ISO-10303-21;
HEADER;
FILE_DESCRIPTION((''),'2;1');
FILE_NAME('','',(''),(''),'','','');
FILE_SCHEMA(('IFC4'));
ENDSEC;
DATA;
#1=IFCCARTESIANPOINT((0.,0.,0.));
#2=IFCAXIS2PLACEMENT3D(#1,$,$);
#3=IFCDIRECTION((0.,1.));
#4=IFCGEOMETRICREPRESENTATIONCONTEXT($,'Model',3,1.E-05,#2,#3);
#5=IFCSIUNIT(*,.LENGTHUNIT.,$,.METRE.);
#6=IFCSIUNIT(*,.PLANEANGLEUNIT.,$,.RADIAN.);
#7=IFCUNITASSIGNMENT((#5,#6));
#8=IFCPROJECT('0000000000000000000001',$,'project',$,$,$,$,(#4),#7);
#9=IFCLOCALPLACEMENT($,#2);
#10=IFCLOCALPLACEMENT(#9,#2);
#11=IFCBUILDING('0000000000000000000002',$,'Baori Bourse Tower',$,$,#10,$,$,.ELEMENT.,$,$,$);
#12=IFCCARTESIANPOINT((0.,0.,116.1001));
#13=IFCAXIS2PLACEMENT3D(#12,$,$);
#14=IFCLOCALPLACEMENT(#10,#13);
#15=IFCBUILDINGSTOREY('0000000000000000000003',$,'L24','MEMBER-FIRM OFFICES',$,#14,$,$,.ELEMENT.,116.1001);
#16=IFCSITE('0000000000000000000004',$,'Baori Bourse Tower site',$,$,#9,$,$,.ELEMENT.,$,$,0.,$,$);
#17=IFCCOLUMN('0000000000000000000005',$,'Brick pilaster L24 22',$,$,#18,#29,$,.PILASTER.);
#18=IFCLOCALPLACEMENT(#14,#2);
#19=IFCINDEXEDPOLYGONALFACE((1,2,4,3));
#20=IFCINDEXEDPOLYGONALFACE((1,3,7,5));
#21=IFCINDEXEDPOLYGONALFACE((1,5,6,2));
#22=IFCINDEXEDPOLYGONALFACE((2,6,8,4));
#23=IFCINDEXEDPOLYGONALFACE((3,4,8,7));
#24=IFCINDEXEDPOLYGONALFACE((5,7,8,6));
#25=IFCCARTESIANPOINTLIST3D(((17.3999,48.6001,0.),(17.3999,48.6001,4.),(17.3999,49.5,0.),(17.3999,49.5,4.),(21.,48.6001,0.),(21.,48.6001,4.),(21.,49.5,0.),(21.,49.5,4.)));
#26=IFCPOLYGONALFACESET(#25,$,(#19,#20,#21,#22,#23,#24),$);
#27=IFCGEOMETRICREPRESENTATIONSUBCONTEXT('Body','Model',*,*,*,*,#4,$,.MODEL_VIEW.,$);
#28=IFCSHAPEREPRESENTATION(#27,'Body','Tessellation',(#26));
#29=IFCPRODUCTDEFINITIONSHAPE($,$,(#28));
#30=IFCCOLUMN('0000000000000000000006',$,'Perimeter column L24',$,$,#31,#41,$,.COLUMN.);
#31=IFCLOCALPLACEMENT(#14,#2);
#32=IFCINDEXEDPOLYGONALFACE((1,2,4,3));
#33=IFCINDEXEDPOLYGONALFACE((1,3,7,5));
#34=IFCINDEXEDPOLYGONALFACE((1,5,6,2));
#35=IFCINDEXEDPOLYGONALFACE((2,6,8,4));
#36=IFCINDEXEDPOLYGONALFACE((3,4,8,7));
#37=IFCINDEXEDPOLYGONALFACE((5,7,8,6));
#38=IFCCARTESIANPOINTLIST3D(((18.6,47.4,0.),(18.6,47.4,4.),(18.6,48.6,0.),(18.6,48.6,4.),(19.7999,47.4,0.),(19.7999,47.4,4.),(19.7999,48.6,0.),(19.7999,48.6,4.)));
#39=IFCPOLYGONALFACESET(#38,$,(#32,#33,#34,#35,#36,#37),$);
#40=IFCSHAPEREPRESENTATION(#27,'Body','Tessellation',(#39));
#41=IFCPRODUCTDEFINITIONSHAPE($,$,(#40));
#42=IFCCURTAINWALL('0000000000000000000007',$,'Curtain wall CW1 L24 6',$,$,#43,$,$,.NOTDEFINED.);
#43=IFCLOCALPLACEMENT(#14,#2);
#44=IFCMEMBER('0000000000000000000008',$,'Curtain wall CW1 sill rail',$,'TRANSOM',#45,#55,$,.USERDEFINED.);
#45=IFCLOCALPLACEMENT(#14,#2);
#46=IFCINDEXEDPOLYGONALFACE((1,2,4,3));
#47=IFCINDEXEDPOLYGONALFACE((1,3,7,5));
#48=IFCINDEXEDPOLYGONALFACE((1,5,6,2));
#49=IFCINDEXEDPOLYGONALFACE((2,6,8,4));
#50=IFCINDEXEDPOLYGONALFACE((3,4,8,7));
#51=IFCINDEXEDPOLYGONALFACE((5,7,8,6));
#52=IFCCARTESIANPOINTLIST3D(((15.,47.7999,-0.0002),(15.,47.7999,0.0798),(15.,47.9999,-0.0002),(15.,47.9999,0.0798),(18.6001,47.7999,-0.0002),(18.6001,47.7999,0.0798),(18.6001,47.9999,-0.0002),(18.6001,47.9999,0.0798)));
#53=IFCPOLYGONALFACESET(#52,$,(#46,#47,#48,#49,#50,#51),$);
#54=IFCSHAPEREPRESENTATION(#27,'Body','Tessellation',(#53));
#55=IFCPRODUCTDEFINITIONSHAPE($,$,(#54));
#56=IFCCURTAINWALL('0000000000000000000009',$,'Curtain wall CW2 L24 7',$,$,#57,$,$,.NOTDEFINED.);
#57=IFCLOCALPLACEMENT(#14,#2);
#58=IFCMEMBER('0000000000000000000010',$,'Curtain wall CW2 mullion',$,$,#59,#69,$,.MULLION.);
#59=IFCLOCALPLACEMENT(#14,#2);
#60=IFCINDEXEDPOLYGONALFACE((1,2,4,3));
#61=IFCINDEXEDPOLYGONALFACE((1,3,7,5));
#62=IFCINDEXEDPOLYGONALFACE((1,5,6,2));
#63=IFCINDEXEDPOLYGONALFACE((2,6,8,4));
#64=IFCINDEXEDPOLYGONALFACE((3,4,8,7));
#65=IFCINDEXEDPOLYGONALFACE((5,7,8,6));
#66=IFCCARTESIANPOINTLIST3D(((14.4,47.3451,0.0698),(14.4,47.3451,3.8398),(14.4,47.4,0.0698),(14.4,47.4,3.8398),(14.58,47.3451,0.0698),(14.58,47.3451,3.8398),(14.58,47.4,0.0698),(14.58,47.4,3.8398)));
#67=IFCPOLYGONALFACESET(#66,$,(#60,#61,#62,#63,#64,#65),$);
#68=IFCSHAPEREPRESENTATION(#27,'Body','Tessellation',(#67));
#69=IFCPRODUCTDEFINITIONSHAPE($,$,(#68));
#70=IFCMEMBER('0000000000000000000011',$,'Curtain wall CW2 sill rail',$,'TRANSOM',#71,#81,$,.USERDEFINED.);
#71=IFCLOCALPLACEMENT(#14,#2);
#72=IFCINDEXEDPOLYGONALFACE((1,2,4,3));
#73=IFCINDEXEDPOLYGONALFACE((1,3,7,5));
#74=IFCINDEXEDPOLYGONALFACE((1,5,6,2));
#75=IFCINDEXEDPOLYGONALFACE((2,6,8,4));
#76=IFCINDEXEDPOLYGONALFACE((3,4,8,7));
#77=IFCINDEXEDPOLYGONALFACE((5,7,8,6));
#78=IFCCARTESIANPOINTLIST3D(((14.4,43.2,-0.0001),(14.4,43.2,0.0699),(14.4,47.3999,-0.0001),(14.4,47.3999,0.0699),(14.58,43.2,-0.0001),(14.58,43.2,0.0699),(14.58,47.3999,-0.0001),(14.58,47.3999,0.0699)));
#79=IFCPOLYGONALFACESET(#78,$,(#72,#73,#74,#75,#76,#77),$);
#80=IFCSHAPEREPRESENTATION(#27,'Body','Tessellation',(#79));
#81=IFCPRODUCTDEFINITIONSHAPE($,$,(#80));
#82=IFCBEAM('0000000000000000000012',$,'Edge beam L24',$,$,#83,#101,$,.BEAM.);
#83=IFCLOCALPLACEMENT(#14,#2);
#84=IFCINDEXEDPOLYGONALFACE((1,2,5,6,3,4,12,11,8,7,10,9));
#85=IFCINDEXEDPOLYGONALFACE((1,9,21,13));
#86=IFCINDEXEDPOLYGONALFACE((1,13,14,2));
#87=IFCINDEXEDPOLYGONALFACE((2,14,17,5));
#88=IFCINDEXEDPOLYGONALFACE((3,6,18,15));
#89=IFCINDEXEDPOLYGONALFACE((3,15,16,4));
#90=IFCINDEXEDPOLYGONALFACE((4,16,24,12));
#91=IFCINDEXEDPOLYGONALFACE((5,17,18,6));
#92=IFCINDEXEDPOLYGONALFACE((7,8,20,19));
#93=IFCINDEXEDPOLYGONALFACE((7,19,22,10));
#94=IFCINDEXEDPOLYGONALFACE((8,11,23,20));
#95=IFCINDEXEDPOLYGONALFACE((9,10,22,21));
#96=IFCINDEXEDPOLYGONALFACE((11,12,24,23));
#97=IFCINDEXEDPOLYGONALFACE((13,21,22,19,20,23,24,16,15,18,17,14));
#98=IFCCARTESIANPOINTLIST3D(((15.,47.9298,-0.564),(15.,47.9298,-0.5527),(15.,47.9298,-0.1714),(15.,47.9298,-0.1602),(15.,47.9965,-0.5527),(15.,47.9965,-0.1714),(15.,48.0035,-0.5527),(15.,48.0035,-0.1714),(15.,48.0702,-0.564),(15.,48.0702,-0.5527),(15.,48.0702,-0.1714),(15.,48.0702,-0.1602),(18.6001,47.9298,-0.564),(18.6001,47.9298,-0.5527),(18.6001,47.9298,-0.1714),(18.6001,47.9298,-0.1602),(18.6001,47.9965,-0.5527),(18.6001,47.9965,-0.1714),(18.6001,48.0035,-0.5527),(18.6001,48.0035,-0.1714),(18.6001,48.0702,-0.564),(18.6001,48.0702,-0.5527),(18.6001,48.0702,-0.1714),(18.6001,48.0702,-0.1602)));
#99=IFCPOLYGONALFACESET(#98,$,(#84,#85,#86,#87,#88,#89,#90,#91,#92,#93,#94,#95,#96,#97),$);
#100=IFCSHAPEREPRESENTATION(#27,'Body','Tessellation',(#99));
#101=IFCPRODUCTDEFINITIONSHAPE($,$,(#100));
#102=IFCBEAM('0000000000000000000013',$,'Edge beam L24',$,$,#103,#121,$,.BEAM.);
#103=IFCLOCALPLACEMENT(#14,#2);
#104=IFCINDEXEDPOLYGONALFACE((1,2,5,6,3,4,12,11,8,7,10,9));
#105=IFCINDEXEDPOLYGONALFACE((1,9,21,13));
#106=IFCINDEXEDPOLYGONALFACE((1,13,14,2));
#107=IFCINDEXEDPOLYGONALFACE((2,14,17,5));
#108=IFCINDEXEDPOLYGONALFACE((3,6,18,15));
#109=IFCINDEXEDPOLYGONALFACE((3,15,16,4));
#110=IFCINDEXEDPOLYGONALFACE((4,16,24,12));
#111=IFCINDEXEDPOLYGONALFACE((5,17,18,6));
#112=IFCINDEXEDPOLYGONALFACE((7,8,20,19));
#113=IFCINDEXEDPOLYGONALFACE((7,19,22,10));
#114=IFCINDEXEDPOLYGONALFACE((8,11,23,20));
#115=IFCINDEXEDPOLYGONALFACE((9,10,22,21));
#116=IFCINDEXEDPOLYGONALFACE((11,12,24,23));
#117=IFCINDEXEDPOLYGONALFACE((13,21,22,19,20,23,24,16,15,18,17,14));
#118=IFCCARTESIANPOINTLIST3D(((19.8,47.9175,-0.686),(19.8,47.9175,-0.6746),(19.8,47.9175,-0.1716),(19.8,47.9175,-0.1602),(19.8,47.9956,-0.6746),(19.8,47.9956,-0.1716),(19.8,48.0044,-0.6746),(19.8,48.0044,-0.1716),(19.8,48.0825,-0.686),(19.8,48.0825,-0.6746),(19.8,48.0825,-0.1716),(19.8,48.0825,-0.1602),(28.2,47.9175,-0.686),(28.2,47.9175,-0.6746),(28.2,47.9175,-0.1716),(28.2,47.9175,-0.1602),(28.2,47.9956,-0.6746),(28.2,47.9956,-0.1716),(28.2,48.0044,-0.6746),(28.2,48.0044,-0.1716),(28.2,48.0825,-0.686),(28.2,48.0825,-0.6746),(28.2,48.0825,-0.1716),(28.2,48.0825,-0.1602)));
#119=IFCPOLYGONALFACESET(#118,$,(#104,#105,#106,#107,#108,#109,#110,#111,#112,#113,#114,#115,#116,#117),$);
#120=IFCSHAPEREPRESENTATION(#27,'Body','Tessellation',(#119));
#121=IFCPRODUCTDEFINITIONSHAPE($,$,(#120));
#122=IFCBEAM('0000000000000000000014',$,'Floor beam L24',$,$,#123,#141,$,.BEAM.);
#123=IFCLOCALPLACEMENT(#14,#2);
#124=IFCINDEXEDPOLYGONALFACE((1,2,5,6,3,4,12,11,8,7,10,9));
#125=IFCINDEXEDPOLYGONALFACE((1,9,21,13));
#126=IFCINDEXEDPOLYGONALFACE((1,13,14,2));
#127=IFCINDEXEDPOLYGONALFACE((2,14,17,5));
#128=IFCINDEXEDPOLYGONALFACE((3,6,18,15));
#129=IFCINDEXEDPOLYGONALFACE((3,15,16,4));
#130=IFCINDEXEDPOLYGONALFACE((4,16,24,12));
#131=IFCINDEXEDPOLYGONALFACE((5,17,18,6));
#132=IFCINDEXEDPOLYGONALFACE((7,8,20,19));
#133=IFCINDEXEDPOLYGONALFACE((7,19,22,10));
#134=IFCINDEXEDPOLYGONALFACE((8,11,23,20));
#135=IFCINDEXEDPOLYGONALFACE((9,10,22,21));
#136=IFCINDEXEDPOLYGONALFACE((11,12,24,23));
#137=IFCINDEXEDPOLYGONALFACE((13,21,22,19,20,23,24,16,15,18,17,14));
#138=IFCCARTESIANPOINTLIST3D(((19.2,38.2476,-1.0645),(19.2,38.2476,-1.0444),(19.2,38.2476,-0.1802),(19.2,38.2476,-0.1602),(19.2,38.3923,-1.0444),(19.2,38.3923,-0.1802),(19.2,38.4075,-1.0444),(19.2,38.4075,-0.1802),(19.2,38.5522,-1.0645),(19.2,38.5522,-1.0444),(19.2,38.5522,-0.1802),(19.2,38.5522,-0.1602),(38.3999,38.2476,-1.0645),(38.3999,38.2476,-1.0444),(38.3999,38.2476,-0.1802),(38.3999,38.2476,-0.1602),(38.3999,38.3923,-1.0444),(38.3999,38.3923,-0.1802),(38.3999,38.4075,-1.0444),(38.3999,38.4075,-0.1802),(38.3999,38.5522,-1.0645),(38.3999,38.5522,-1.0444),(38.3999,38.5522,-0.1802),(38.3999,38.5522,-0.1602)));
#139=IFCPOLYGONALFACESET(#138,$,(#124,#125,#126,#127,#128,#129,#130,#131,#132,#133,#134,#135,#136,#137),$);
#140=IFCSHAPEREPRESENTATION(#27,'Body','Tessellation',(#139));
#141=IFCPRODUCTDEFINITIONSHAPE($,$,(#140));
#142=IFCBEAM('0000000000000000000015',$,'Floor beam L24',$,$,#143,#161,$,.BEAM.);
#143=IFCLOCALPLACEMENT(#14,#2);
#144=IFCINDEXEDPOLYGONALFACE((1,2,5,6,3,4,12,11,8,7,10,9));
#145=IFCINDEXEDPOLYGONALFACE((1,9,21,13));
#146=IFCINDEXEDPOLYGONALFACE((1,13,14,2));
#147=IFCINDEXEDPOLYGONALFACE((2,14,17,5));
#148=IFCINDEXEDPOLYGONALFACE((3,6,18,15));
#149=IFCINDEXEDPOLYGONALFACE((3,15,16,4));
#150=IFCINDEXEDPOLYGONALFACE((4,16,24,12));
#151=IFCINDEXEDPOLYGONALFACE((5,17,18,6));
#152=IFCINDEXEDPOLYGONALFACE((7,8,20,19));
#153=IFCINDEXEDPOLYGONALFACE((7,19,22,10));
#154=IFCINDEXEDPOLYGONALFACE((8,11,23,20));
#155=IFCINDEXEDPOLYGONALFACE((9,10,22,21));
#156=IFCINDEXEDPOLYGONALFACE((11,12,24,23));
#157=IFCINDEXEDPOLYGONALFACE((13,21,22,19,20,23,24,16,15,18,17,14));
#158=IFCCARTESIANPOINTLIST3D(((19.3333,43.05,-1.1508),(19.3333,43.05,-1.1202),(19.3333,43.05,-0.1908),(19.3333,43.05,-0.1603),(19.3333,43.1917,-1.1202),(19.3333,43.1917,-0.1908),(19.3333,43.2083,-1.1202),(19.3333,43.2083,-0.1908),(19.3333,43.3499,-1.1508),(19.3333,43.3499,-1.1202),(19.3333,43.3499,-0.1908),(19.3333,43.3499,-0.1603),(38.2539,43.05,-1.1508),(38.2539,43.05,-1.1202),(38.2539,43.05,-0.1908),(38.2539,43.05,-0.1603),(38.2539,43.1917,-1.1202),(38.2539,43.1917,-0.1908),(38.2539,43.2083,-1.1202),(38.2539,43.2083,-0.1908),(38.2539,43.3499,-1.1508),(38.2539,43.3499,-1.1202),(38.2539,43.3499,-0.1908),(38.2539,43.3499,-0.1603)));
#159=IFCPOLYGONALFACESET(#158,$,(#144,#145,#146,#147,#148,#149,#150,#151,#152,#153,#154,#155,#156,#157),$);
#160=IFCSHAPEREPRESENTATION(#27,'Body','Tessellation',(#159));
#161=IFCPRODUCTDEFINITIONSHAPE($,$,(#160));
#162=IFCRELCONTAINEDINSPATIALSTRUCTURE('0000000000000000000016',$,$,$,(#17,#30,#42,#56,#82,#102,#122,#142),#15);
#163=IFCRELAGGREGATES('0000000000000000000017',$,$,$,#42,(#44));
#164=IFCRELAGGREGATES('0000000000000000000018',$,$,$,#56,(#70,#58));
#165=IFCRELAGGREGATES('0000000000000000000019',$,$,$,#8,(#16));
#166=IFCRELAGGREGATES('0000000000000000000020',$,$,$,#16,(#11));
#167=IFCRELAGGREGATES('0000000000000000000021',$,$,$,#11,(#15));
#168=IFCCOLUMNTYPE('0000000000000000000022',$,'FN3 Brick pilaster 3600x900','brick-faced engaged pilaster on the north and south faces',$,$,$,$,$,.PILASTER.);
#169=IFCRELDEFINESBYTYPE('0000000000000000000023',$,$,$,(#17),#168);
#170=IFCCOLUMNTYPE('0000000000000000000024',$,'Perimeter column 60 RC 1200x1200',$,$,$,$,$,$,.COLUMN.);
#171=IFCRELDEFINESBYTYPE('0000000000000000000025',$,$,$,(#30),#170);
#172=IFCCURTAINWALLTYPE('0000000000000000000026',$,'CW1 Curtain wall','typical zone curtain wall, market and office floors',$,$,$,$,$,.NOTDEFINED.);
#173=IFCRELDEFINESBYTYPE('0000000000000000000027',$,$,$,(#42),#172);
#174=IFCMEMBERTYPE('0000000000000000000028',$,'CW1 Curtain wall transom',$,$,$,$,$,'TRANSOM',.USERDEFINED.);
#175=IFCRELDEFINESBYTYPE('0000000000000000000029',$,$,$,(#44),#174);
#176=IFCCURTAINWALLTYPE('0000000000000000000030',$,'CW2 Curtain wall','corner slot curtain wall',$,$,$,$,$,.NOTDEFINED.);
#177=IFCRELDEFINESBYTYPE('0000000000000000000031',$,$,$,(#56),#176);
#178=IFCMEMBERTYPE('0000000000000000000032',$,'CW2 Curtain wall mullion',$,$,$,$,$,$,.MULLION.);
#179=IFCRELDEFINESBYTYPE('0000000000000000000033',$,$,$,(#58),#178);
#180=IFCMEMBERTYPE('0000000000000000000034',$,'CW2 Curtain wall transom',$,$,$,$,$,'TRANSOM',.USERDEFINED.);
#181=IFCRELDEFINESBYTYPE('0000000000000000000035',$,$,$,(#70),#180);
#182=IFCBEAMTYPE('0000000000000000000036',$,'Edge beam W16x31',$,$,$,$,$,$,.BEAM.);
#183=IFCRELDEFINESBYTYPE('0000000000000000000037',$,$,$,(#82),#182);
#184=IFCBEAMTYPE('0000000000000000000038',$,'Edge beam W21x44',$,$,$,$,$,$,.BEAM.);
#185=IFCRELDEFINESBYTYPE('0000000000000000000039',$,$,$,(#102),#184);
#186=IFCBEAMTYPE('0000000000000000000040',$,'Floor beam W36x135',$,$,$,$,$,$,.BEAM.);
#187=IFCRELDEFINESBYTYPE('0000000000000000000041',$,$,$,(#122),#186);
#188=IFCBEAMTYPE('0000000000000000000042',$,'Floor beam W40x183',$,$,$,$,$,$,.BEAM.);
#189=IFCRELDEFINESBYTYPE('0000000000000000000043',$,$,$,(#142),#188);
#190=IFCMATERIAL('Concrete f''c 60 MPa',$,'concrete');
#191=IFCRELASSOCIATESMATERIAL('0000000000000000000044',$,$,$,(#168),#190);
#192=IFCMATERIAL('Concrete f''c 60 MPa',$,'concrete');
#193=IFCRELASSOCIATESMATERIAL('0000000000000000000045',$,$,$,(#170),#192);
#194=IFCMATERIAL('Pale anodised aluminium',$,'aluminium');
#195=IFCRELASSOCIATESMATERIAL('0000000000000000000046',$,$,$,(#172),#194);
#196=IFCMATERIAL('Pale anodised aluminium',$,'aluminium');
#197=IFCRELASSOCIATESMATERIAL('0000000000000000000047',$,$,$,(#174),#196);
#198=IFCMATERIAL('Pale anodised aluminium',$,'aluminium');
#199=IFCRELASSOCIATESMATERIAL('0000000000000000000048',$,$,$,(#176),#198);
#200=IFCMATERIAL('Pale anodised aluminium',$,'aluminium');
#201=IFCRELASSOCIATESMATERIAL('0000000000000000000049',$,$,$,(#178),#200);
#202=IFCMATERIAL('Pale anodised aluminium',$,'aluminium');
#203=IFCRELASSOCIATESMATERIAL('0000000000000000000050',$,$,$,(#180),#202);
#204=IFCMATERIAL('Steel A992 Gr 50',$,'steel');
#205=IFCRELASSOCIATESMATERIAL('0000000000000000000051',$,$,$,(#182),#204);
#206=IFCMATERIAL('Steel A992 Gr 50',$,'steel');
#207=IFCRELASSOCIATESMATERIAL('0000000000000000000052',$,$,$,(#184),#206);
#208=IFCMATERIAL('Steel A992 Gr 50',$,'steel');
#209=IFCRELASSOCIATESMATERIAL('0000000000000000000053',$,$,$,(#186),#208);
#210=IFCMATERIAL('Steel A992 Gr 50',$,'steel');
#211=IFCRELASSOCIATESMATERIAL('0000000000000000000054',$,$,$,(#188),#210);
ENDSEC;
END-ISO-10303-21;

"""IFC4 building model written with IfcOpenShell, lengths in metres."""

from ifc_helpers import new_model, si_unit, direction, frame, origin, origin_2d, place, context, subcontext, project, spatial, rectangle, i_section, extrude, material, material_profile, profile_set, type_object, element, aggregate, save


model = new_model("IFC4")

# Units and contexts
model_context = context("Model", 3, precision=1e-05, world=origin(), true_north=direction((0.0, 1.0)))
body_context = subcontext(model_context, "Body", "Model", "MODEL_VIEW")
ifc_project = project(units=[si_unit("LENGTHUNIT", "METRE"), si_unit("PLANEANGLEUNIT", "RADIAN")], contexts=[model_context])

# Site, building, storey
site_placement = place(None, origin())
site = spatial("IfcSite", under=ifc_project, at=site_placement, Name="Baori Bourse Tower site", CompositionType="ELEMENT", RefElevation=0.0)
building_placement = place(site_placement, origin())
building = spatial("IfcBuilding", under=site, at=building_placement, Name="Baori Bourse Tower", CompositionType="ELEMENT")
storey_placement = place(building_placement, frame((0.0, 0.0, 116.1001)))
storey = spatial("IfcBuildingStorey", under=building, at=storey_placement, Name="L24", Description="MEMBER-FIRM OFFICES", CompositionType="ELEMENT", Elevation=116.1001)

# Columns
ifc_material_1 = material(Name="Concrete f'c 60 MPa", Category="concrete")
ifc_material_profile_1 = material_profile(ifc_material_1, rectangle(XDim=3.6001, YDim=0.8999, at=origin_2d()), Name="RC 3600x900")
ifc_profile_set_1 = profile_set([ifc_material_profile_1], Name="Concrete f'c 60 MPa")
column_type_1 = type_object("IfcColumnType", Name="FN3 Brick pilaster 3600x900", Description="brick-faced engaged pilaster on the north and south faces", PredefinedType="PILASTER", material=ifc_profile_set_1)
column_1_placement = place(storey_placement, frame((19.2, 49.05, 0.0), z_axis=(0.0, 0.0, 1.0), x_axis=(1.0, 0.0, 0.0)))
element("IfcColumn", 1, at=column_1_placement, inside=storey, type_object=column_type_1, Name="Brick pilaster L24 22", PredefinedType="PILASTER", context=body_context, shape_type="SweptSolid", body=[
    extrude(rectangle(XDim=3.6001, YDim=0.8999, at=origin_2d()), origin(), (0.0, 0.0, 1.0), 4.0),
])
ifc_material_2 = material(Name="Concrete f'c 60 MPa", Category="concrete")
ifc_material_profile_2 = material_profile(ifc_material_2, rectangle(XDim=1.2, YDim=1.2, at=origin_2d()), Name="RC 1200x1200")
ifc_profile_set_2 = profile_set([ifc_material_profile_2], Name="Concrete f'c 60 MPa")
column_type_2 = type_object("IfcColumnType", Name="Perimeter column 60 RC 1200x1200", PredefinedType="COLUMN", material=ifc_profile_set_2)
column_2_placement = place(storey_placement, frame((19.2, 48.0, 0.0), z_axis=(0.0, 0.0, 1.0), x_axis=(1.0, 0.0, 0.0)))
element("IfcColumn", 2, at=column_2_placement, inside=storey, type_object=column_type_2, Name="Perimeter column L24", PredefinedType="COLUMN", context=body_context, shape_type="SweptSolid", body=[
    extrude(rectangle(XDim=1.2, YDim=1.2, at=origin_2d()), origin(), (0.0, 0.0, 1.0), 4.0),
])

# Curtain wall, member
ifc_material_3 = material(Name="Pale anodised aluminium", Category="aluminium")
curtain_wall_type_1 = type_object("IfcCurtainWallType", Name="CW1 Curtain wall", Description="typical zone curtain wall, market and office floors", PredefinedType="NOTDEFINED", material=ifc_material_3)
curtain_wall_1_placement = place(storey_placement, origin())
curtain_wall_1 = element("IfcCurtainWall", 3, at=curtain_wall_1_placement, inside=storey, type_object=curtain_wall_type_1, Name="Curtain wall CW1 L24 6", PredefinedType="NOTDEFINED")
ifc_material_4 = material(Name="Pale anodised aluminium", Category="aluminium")
ifc_material_profile_3 = material_profile(ifc_material_4, rectangle(XDim=0.2, YDim=0.0801, at=origin_2d()), Name="Transom 80x200")
ifc_profile_set_3 = profile_set([ifc_material_profile_3], Name="Pale anodised aluminium")
member_type_1 = type_object("IfcMemberType", Name="CW1 Curtain wall transom", ElementType="TRANSOM", PredefinedType="USERDEFINED", material=ifc_profile_set_3)
member_1_placement = place(storey_placement, frame((18.6001, 47.8999, 0.0398), z_axis=(-1.0, 0.0, 0.0), x_axis=(0.0, -1.0, 0.0)))
member_1 = element("IfcMember", 4, at=member_1_placement, type_object=member_type_1, Name="Curtain wall CW1 sill rail", ObjectType="TRANSOM", PredefinedType="USERDEFINED", context=body_context, shape_type="SweptSolid", body=[
    extrude(rectangle(XDim=0.2, YDim=0.0801, at=origin_2d()), origin(), (0.0, 0.0, 1.0), 3.6001),
])

# Curtain wall, members
ifc_material_5 = material(Name="Pale anodised aluminium", Category="aluminium")
curtain_wall_type_2 = type_object("IfcCurtainWallType", Name="CW2 Curtain wall", Description="corner slot curtain wall", PredefinedType="NOTDEFINED", material=ifc_material_5)
curtain_wall_2_placement = place(storey_placement, origin())
curtain_wall_2 = element("IfcCurtainWall", 5, at=curtain_wall_2_placement, inside=storey, type_object=curtain_wall_type_2, Name="Curtain wall CW2 L24 7", PredefinedType="NOTDEFINED")
ifc_material_6 = material(Name="Pale anodised aluminium", Category="aluminium")
ifc_material_profile_4 = material_profile(ifc_material_6, rectangle(XDim=0.1799, YDim=0.0549, at=origin_2d()), Name="Mullion 55x180")
ifc_profile_set_4 = profile_set([ifc_material_profile_4], Name="Pale anodised aluminium")
member_type_2 = type_object("IfcMemberType", Name="CW2 Curtain wall mullion", PredefinedType="MULLION", material=ifc_profile_set_4)
member_2_placement = place(storey_placement, frame((14.49, 47.3726, 0.0698), z_axis=(0.0, 0.0, 1.0), x_axis=(1.0, 0.0, 0.0)))
member_2 = element("IfcMember", 6, at=member_2_placement, type_object=member_type_2, Name="Curtain wall CW2 mullion", PredefinedType="MULLION", context=body_context, shape_type="SweptSolid", body=[
    extrude(rectangle(XDim=0.1799, YDim=0.0549, at=origin_2d()), origin(), (0.0, 0.0, 1.0), 3.77),
])
ifc_material_7 = material(Name="Pale anodised aluminium", Category="aluminium")
ifc_material_profile_5 = material_profile(ifc_material_7, rectangle(XDim=0.1799, YDim=0.0701, at=origin_2d()), Name="Transom 70x180")
ifc_profile_set_5 = profile_set([ifc_material_profile_5], Name="Pale anodised aluminium")
member_type_3 = type_object("IfcMemberType", Name="CW2 Curtain wall transom", ElementType="TRANSOM", PredefinedType="USERDEFINED", material=ifc_profile_set_5)
member_3_placement = place(storey_placement, frame((14.49, 47.3999, 0.0349), z_axis=(0.0, -1.0, 0.0), x_axis=(1.0, 0.0, 0.0)))
member_3 = element("IfcMember", 7, at=member_3_placement, type_object=member_type_3, Name="Curtain wall CW2 sill rail", ObjectType="TRANSOM", PredefinedType="USERDEFINED", context=body_context, shape_type="SweptSolid", body=[
    extrude(rectangle(XDim=0.1799, YDim=0.0701, at=origin_2d()), origin(), (0.0, 0.0, 1.0), 4.2),
])

# Beams
ifc_material_8 = material(Name="Steel A992 Gr 50", Category="steel")
ifc_material_profile_6 = material_profile(ifc_material_8, i_section(OverallWidth=0.1404, OverallDepth=0.4038, WebThickness=0.0071, FlangeThickness=0.0112, at=origin_2d()), Name="W16x31")
ifc_profile_set_6 = profile_set([ifc_material_profile_6], Name="Steel A992 Gr 50")
beam_type_1 = type_object("IfcBeamType", Name="Edge beam W16x31", PredefinedType="BEAM", material=ifc_profile_set_6)
beam_1_placement = place(storey_placement, frame((15.0, 48.0, -0.3621), z_axis=(1.0, 0.0, 0.0), x_axis=(0.0, 1.0, 0.0)))
element("IfcBeam", 8, at=beam_1_placement, inside=storey, type_object=beam_type_1, Name="Edge beam L24", PredefinedType="BEAM", context=body_context, shape_type="SweptSolid", body=[
    extrude(i_section(OverallWidth=0.1404, OverallDepth=0.4038, WebThickness=0.0071, FlangeThickness=0.0112, at=origin_2d()), origin(), (0.0, 0.0, 1.0), 3.6001),
])
ifc_material_9 = material(Name="Steel A992 Gr 50", Category="steel")
ifc_material_profile_7 = material_profile(ifc_material_9, i_section(OverallWidth=0.165, OverallDepth=0.5259, WebThickness=0.0088, FlangeThickness=0.0115, at=origin_2d()), Name="W21x44")
ifc_profile_set_7 = profile_set([ifc_material_profile_7], Name="Steel A992 Gr 50")
beam_type_2 = type_object("IfcBeamType", Name="Edge beam W21x44", PredefinedType="BEAM", material=ifc_profile_set_7)
beam_2_placement = place(storey_placement, frame((19.8, 48.0, -0.4231), z_axis=(1.0, 0.0, 0.0), x_axis=(0.0, 1.0, 0.0)))
element("IfcBeam", 9, at=beam_2_placement, inside=storey, type_object=beam_type_2, Name="Edge beam L24", PredefinedType="BEAM", context=body_context, shape_type="SweptSolid", body=[
    extrude(i_section(OverallWidth=0.165, OverallDepth=0.5259, WebThickness=0.0088, FlangeThickness=0.0115, at=origin_2d()), origin(), (0.0, 0.0, 1.0), 8.3999),
])
ifc_material_10 = material(Name="Steel A992 Gr 50", Category="steel")
ifc_material_profile_8 = material_profile(ifc_material_10, i_section(OverallWidth=0.3047, OverallDepth=0.9043, WebThickness=0.0151, FlangeThickness=0.02, at=origin_2d()), Name="W36x135")
ifc_profile_set_8 = profile_set([ifc_material_profile_8], Name="Steel A992 Gr 50")
beam_type_3 = type_object("IfcBeamType", Name="Floor beam W36x135", PredefinedType="BEAM", material=ifc_profile_set_8)
beam_3_placement = place(storey_placement, frame((19.2, 38.3999, -0.6123), z_axis=(1.0, 0.0, 0.0), x_axis=(0.0, 1.0, 0.0)))
element("IfcBeam", 10, at=beam_3_placement, inside=storey, type_object=beam_type_3, Name="Floor beam L24", PredefinedType="BEAM", context=body_context, shape_type="SweptSolid", body=[
    extrude(i_section(OverallWidth=0.3047, OverallDepth=0.9043, WebThickness=0.0151, FlangeThickness=0.02, at=origin_2d()), origin(), (0.0, 0.0, 1.0), 19.2),
])
ifc_material_11 = material(Name="Steel A992 Gr 50", Category="steel")
ifc_material_profile_9 = material_profile(ifc_material_11, i_section(OverallWidth=0.2998, OverallDepth=0.9905, WebThickness=0.0166, FlangeThickness=0.0305, at=origin_2d()), Name="W40x183")
ifc_profile_set_9 = profile_set([ifc_material_profile_9], Name="Steel A992 Gr 50")
beam_type_4 = type_object("IfcBeamType", Name="Floor beam W40x183", PredefinedType="BEAM", material=ifc_profile_set_9)
beam_4_placement = place(storey_placement, frame((19.3333, 43.2, -0.6555), z_axis=(1.0, 0.0, 0.0), x_axis=(0.0, 1.0, 0.0)))
element("IfcBeam", 11, at=beam_4_placement, inside=storey, type_object=beam_type_4, Name="Floor beam L24", PredefinedType="BEAM", context=body_context, shape_type="SweptSolid", body=[
    extrude(i_section(OverallWidth=0.2998, OverallDepth=0.9905, WebThickness=0.0166, FlangeThickness=0.0305, at=origin_2d()), origin(), (0.0, 0.0, 1.0), 18.9207),
])

aggregate(curtain_wall_1, [member_1])
aggregate(curtain_wall_2, [member_3, member_2])

save(model, "model.ifc")
